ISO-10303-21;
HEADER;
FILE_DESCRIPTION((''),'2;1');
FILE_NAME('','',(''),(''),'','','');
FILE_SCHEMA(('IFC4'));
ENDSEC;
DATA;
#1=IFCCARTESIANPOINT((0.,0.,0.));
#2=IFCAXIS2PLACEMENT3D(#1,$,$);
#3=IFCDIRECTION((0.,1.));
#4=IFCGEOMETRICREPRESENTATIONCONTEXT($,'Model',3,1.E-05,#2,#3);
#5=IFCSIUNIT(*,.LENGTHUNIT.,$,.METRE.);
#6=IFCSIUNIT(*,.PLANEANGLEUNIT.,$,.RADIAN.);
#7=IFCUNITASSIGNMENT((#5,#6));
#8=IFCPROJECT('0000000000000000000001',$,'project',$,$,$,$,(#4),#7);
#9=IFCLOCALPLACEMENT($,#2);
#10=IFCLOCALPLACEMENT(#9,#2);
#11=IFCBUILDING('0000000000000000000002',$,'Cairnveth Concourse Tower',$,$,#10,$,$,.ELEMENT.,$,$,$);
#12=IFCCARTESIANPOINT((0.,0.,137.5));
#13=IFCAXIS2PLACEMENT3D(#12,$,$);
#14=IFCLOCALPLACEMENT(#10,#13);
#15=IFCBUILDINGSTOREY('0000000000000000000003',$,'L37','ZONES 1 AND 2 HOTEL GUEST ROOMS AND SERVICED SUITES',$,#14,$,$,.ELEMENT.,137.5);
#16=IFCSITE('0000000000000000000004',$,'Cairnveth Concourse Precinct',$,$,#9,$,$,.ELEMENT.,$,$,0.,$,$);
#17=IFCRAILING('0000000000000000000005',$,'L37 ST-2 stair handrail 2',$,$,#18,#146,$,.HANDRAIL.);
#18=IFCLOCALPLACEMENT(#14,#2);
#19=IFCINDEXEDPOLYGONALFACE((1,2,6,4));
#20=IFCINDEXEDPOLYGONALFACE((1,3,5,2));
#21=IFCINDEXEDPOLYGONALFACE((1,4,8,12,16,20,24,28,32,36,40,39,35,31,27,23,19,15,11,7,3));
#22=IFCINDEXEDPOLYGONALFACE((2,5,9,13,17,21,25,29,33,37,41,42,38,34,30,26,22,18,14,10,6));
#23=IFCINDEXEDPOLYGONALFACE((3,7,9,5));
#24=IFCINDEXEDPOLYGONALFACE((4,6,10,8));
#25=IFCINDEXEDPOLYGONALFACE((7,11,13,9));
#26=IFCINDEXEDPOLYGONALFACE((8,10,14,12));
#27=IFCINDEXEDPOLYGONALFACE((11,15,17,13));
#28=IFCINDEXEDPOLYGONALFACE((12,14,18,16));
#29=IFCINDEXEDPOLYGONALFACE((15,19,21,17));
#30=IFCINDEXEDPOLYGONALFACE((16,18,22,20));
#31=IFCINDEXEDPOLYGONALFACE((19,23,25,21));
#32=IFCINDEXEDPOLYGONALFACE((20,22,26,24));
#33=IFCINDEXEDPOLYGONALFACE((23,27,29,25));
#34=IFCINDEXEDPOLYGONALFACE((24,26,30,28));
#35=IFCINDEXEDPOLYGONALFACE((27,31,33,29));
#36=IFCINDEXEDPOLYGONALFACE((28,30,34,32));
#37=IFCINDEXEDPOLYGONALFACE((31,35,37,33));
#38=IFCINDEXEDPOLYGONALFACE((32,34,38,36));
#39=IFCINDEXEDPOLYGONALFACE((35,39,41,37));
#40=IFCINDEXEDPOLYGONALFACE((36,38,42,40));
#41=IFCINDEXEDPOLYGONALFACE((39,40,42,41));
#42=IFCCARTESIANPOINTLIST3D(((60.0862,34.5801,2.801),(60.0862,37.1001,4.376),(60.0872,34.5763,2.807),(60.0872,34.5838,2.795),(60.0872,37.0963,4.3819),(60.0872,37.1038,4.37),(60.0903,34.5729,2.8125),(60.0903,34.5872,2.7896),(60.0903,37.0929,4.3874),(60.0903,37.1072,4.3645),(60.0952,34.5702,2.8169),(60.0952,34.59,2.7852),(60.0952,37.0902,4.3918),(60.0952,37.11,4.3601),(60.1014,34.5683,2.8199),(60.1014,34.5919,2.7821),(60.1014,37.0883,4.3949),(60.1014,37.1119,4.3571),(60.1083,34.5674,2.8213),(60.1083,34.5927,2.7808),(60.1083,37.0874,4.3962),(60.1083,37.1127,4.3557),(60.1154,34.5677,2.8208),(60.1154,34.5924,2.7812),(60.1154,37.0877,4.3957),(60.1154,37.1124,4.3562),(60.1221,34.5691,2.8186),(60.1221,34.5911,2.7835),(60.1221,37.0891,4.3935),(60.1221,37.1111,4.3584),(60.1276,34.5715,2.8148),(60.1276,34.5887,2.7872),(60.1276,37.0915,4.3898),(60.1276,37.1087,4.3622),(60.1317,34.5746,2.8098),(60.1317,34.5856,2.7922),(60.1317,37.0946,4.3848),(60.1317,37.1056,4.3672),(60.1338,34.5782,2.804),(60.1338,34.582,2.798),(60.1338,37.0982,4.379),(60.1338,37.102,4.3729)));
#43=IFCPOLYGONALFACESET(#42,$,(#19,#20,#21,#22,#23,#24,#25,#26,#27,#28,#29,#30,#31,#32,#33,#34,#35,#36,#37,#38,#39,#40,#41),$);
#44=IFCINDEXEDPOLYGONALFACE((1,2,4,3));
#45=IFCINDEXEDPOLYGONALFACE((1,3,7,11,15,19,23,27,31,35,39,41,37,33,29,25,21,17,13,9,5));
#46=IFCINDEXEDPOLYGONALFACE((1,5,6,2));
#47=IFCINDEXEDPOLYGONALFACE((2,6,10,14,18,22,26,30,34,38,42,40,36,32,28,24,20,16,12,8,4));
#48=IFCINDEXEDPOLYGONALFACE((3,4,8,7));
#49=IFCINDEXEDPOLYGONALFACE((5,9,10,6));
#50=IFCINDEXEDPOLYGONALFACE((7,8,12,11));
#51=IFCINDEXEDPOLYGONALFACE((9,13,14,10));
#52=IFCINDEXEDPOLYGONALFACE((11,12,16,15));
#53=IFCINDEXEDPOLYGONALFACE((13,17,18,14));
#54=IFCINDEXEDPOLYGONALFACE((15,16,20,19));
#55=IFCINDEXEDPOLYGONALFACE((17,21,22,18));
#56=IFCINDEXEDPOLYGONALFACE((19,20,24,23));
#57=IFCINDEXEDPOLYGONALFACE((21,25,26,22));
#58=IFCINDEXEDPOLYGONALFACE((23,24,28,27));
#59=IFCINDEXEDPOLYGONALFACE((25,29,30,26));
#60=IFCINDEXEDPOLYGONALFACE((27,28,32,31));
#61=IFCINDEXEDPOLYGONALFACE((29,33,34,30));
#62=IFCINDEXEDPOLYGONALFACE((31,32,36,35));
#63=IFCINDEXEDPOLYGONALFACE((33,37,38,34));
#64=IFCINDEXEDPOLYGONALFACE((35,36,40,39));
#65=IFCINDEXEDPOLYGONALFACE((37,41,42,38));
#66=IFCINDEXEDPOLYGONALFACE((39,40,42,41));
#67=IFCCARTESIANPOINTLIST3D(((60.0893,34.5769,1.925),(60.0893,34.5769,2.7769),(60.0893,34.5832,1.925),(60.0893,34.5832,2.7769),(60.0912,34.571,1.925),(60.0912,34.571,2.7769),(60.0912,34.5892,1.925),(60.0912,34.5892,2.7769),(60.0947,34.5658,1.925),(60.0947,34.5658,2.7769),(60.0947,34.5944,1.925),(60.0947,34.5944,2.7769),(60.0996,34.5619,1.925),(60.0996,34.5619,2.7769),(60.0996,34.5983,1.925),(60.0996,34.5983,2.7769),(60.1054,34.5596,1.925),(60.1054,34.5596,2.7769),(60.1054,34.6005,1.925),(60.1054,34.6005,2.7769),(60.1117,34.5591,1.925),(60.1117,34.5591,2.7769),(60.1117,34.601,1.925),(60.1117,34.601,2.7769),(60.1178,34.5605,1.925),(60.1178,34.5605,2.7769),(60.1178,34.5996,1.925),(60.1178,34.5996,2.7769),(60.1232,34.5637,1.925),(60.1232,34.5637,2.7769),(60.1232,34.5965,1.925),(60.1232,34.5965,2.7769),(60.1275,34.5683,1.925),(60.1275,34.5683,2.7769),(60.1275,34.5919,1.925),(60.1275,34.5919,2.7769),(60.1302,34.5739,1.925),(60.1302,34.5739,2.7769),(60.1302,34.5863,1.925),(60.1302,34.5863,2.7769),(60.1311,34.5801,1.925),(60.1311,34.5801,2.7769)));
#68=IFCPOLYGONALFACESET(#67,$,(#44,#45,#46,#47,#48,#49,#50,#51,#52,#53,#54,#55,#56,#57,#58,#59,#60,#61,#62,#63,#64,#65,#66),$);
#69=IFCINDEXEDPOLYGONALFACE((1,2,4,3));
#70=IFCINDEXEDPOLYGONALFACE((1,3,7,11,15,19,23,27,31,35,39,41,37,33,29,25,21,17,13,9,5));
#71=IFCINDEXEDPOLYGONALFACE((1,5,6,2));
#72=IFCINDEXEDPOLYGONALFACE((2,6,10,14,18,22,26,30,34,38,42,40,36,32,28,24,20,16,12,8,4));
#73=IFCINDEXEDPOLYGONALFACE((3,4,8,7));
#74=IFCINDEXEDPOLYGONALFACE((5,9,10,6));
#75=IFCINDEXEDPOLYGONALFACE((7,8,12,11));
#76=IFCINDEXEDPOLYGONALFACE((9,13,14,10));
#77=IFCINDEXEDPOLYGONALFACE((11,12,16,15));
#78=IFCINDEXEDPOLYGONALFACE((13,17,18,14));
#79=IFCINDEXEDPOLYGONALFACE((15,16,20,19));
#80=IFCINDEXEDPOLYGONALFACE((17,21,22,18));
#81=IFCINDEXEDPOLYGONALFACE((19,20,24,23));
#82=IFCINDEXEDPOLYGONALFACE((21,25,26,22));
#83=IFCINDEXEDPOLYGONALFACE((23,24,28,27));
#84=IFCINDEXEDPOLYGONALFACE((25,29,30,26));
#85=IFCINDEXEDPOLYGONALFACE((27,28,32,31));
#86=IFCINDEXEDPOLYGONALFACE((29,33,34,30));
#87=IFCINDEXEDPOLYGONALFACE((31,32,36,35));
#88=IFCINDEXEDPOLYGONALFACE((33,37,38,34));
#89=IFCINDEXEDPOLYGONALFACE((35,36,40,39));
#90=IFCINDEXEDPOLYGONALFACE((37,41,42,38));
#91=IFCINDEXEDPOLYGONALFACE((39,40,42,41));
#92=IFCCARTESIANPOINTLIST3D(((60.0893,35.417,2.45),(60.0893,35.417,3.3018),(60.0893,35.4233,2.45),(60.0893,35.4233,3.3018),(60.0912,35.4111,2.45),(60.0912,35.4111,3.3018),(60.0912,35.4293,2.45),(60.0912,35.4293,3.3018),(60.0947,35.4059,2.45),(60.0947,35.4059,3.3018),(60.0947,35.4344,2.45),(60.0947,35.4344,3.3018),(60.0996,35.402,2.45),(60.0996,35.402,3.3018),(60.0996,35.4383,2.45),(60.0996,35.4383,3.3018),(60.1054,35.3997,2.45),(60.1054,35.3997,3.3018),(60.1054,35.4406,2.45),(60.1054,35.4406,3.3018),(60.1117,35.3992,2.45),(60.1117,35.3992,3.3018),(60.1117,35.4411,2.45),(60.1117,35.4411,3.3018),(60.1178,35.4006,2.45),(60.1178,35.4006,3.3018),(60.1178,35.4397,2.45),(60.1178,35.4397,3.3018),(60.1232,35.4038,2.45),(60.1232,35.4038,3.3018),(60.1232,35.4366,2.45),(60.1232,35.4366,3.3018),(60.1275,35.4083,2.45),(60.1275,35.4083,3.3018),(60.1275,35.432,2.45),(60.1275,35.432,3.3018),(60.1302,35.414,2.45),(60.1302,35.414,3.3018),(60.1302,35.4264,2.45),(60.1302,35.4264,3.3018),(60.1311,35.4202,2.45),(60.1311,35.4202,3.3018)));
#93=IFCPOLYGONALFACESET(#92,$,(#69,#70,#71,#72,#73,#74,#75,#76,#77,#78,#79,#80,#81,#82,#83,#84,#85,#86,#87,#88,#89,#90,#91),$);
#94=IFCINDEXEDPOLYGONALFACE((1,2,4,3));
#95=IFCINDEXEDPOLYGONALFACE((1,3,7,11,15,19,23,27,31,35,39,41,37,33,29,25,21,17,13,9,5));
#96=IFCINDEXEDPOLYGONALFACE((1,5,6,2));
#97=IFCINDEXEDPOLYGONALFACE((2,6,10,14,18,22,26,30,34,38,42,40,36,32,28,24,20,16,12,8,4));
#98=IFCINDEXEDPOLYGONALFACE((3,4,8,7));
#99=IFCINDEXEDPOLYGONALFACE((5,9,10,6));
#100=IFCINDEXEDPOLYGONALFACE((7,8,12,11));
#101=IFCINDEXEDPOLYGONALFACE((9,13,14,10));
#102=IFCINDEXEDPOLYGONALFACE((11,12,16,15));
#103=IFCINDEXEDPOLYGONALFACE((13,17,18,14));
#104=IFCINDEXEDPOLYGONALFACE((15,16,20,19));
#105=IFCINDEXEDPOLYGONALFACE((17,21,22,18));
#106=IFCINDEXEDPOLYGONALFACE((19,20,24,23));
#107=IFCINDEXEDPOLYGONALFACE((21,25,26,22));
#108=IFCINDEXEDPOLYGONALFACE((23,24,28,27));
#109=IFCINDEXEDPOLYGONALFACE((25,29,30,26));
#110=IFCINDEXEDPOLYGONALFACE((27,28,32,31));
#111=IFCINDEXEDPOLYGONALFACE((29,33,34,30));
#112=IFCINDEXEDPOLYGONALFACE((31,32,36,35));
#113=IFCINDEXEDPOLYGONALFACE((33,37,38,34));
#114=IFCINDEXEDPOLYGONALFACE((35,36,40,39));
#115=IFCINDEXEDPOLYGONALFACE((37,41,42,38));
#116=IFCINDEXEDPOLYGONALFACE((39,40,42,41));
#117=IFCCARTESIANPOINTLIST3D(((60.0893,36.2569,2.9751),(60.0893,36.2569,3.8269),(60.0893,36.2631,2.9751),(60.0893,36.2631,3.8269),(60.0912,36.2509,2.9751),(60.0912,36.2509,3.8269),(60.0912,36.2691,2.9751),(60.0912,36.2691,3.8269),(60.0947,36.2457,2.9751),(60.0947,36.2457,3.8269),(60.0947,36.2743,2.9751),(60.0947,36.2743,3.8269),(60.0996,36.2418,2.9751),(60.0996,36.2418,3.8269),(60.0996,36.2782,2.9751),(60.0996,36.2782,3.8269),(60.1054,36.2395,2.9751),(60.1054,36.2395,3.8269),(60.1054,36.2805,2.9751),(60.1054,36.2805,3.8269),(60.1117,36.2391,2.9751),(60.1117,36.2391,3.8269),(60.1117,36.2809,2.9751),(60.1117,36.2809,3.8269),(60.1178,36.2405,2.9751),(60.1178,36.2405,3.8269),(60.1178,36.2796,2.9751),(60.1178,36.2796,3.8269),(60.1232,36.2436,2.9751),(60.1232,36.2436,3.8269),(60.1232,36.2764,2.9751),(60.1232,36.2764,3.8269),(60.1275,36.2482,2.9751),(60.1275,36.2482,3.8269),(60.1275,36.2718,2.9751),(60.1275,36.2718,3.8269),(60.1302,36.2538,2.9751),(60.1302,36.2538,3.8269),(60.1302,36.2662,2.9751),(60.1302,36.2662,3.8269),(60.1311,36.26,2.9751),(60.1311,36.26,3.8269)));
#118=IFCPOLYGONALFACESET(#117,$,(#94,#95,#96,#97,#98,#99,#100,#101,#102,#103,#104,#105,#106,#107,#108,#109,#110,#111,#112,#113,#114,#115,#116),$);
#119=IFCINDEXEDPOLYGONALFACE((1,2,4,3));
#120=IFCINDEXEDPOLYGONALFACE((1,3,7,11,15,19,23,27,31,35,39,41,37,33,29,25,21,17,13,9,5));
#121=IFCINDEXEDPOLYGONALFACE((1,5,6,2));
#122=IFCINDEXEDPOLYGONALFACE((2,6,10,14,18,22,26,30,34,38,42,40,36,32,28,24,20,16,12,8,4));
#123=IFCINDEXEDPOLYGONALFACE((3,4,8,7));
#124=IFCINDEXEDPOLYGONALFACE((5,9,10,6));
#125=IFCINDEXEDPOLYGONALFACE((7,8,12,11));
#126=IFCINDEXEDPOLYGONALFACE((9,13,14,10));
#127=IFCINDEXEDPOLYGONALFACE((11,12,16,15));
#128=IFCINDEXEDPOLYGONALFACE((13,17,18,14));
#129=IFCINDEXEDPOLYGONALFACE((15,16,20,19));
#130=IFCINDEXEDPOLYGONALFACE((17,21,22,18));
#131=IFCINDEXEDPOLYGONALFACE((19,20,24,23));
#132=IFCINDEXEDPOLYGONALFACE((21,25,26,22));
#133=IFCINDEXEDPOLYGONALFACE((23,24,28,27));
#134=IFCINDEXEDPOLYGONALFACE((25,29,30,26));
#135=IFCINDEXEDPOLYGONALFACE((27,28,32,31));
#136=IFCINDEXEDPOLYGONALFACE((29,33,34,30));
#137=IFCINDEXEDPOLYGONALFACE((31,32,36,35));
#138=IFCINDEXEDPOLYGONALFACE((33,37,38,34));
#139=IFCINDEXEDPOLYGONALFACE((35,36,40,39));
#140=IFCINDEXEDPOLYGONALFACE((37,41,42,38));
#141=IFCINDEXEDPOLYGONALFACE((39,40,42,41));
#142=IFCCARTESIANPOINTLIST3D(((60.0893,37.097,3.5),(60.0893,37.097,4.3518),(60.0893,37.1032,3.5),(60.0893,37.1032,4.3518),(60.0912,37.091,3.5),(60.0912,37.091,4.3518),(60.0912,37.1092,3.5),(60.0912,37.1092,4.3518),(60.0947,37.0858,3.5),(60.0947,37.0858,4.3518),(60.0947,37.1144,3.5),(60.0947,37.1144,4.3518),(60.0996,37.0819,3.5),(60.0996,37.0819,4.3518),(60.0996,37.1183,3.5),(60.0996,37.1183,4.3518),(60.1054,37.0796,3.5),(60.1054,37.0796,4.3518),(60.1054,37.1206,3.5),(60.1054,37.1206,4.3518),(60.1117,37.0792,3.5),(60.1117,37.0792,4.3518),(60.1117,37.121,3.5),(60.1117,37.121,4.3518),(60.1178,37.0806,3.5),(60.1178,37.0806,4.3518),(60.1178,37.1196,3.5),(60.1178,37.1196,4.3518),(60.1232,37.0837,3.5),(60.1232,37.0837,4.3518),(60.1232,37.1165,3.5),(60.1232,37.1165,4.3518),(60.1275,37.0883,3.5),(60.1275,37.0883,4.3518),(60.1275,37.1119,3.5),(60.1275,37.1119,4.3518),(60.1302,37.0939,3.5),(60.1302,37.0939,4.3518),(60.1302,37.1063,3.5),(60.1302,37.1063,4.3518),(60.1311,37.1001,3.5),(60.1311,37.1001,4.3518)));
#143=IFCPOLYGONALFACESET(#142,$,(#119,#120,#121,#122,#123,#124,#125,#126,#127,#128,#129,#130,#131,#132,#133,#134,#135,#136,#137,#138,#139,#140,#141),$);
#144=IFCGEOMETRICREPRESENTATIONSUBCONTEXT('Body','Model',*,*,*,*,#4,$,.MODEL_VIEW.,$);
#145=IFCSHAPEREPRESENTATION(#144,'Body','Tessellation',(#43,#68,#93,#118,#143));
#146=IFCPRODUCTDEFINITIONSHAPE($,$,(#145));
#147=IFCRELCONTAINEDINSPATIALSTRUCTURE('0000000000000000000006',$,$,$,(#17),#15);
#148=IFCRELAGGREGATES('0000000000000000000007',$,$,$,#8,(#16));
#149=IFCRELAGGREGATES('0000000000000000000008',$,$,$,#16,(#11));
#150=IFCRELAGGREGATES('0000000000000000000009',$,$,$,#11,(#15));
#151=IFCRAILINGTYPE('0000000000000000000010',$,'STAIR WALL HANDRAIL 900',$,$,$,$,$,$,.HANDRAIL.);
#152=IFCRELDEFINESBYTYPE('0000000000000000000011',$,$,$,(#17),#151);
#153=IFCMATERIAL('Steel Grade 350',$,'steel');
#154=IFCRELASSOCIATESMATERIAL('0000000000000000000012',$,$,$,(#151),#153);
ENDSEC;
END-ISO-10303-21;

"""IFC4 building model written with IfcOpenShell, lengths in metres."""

from ifc_helpers import new_model, si_unit, direction, frame, origin, origin_2d, place, context, subcontext, project, spatial, circle, extrude, material, type_object, element, save


model = new_model("IFC4")

# Units and contexts
model_context = context("Model", 3, precision=1e-05, world=origin(), true_north=direction((0.0, 1.0)))
body_context = subcontext(model_context, "Body", "Model", "MODEL_VIEW")
ifc_project = project(units=[si_unit("LENGTHUNIT", "METRE"), si_unit("PLANEANGLEUNIT", "RADIAN")], contexts=[model_context])

# Site, building, storey
site_placement = place(None, origin())
site = spatial("IfcSite", under=ifc_project, at=site_placement, Name="Cairnveth Concourse Precinct", CompositionType="ELEMENT", RefElevation=0.0)
building_placement = place(site_placement, origin())
building = spatial("IfcBuilding", under=site, at=building_placement, Name="Cairnveth Concourse Tower", CompositionType="ELEMENT")
storey_placement = place(building_placement, frame((0.0, 0.0, 137.5)))
storey = spatial("IfcBuildingStorey", under=building, at=storey_placement, Name="L37", Description="ZONES 1 AND 2 HOTEL GUEST ROOMS AND SERVICED SUITES", CompositionType="ELEMENT", Elevation=137.5)

# Shared definitions
ifc_material_1 = material(Name="Steel Grade 350", Category="steel")

# Railing
railing_type_1 = type_object("IfcRailingType", Name="STAIR WALL HANDRAIL 900", PredefinedType="HANDRAIL", material=ifc_material_1)
railing_1_placement = place(storey_placement, frame((60.1101, 34.5801, 1.925)))
element("IfcRailing", 1, at=railing_1_placement, inside=storey, type_object=railing_type_1, Name="L37 ST-2 stair handrail 2", PredefinedType="HANDRAIL", context=body_context, shape_type="SweptSolid", body=[
    extrude(circle(Radius=0.0239, at=origin_2d()), frame((0.0, 0.0, 0.876), z_axis=(0.0, 0.848008, 0.529984), x_axis=(-1.0, 0.0, 0.0)), (0.0, 0.0, 1.0), 2.9717),
    extrude(circle(Radius=0.021, at=origin_2d()), origin(), (0.0, 0.0, 1.0), 0.8518),
    extrude(circle(Radius=0.021, at=origin_2d()), frame((0.0, 0.8401, 0.5249)), (0.0, 0.0, 1.0), 0.8518),
    extrude(circle(Radius=0.021, at=origin_2d()), frame((0.0, 1.6799, 1.05)), (0.0, 0.0, 1.0), 0.8518),
    extrude(circle(Radius=0.021, at=origin_2d()), frame((0.0, 2.52, 1.575)), (0.0, 0.0, 1.0), 0.8518),
])

save(model, "model.ifc")
